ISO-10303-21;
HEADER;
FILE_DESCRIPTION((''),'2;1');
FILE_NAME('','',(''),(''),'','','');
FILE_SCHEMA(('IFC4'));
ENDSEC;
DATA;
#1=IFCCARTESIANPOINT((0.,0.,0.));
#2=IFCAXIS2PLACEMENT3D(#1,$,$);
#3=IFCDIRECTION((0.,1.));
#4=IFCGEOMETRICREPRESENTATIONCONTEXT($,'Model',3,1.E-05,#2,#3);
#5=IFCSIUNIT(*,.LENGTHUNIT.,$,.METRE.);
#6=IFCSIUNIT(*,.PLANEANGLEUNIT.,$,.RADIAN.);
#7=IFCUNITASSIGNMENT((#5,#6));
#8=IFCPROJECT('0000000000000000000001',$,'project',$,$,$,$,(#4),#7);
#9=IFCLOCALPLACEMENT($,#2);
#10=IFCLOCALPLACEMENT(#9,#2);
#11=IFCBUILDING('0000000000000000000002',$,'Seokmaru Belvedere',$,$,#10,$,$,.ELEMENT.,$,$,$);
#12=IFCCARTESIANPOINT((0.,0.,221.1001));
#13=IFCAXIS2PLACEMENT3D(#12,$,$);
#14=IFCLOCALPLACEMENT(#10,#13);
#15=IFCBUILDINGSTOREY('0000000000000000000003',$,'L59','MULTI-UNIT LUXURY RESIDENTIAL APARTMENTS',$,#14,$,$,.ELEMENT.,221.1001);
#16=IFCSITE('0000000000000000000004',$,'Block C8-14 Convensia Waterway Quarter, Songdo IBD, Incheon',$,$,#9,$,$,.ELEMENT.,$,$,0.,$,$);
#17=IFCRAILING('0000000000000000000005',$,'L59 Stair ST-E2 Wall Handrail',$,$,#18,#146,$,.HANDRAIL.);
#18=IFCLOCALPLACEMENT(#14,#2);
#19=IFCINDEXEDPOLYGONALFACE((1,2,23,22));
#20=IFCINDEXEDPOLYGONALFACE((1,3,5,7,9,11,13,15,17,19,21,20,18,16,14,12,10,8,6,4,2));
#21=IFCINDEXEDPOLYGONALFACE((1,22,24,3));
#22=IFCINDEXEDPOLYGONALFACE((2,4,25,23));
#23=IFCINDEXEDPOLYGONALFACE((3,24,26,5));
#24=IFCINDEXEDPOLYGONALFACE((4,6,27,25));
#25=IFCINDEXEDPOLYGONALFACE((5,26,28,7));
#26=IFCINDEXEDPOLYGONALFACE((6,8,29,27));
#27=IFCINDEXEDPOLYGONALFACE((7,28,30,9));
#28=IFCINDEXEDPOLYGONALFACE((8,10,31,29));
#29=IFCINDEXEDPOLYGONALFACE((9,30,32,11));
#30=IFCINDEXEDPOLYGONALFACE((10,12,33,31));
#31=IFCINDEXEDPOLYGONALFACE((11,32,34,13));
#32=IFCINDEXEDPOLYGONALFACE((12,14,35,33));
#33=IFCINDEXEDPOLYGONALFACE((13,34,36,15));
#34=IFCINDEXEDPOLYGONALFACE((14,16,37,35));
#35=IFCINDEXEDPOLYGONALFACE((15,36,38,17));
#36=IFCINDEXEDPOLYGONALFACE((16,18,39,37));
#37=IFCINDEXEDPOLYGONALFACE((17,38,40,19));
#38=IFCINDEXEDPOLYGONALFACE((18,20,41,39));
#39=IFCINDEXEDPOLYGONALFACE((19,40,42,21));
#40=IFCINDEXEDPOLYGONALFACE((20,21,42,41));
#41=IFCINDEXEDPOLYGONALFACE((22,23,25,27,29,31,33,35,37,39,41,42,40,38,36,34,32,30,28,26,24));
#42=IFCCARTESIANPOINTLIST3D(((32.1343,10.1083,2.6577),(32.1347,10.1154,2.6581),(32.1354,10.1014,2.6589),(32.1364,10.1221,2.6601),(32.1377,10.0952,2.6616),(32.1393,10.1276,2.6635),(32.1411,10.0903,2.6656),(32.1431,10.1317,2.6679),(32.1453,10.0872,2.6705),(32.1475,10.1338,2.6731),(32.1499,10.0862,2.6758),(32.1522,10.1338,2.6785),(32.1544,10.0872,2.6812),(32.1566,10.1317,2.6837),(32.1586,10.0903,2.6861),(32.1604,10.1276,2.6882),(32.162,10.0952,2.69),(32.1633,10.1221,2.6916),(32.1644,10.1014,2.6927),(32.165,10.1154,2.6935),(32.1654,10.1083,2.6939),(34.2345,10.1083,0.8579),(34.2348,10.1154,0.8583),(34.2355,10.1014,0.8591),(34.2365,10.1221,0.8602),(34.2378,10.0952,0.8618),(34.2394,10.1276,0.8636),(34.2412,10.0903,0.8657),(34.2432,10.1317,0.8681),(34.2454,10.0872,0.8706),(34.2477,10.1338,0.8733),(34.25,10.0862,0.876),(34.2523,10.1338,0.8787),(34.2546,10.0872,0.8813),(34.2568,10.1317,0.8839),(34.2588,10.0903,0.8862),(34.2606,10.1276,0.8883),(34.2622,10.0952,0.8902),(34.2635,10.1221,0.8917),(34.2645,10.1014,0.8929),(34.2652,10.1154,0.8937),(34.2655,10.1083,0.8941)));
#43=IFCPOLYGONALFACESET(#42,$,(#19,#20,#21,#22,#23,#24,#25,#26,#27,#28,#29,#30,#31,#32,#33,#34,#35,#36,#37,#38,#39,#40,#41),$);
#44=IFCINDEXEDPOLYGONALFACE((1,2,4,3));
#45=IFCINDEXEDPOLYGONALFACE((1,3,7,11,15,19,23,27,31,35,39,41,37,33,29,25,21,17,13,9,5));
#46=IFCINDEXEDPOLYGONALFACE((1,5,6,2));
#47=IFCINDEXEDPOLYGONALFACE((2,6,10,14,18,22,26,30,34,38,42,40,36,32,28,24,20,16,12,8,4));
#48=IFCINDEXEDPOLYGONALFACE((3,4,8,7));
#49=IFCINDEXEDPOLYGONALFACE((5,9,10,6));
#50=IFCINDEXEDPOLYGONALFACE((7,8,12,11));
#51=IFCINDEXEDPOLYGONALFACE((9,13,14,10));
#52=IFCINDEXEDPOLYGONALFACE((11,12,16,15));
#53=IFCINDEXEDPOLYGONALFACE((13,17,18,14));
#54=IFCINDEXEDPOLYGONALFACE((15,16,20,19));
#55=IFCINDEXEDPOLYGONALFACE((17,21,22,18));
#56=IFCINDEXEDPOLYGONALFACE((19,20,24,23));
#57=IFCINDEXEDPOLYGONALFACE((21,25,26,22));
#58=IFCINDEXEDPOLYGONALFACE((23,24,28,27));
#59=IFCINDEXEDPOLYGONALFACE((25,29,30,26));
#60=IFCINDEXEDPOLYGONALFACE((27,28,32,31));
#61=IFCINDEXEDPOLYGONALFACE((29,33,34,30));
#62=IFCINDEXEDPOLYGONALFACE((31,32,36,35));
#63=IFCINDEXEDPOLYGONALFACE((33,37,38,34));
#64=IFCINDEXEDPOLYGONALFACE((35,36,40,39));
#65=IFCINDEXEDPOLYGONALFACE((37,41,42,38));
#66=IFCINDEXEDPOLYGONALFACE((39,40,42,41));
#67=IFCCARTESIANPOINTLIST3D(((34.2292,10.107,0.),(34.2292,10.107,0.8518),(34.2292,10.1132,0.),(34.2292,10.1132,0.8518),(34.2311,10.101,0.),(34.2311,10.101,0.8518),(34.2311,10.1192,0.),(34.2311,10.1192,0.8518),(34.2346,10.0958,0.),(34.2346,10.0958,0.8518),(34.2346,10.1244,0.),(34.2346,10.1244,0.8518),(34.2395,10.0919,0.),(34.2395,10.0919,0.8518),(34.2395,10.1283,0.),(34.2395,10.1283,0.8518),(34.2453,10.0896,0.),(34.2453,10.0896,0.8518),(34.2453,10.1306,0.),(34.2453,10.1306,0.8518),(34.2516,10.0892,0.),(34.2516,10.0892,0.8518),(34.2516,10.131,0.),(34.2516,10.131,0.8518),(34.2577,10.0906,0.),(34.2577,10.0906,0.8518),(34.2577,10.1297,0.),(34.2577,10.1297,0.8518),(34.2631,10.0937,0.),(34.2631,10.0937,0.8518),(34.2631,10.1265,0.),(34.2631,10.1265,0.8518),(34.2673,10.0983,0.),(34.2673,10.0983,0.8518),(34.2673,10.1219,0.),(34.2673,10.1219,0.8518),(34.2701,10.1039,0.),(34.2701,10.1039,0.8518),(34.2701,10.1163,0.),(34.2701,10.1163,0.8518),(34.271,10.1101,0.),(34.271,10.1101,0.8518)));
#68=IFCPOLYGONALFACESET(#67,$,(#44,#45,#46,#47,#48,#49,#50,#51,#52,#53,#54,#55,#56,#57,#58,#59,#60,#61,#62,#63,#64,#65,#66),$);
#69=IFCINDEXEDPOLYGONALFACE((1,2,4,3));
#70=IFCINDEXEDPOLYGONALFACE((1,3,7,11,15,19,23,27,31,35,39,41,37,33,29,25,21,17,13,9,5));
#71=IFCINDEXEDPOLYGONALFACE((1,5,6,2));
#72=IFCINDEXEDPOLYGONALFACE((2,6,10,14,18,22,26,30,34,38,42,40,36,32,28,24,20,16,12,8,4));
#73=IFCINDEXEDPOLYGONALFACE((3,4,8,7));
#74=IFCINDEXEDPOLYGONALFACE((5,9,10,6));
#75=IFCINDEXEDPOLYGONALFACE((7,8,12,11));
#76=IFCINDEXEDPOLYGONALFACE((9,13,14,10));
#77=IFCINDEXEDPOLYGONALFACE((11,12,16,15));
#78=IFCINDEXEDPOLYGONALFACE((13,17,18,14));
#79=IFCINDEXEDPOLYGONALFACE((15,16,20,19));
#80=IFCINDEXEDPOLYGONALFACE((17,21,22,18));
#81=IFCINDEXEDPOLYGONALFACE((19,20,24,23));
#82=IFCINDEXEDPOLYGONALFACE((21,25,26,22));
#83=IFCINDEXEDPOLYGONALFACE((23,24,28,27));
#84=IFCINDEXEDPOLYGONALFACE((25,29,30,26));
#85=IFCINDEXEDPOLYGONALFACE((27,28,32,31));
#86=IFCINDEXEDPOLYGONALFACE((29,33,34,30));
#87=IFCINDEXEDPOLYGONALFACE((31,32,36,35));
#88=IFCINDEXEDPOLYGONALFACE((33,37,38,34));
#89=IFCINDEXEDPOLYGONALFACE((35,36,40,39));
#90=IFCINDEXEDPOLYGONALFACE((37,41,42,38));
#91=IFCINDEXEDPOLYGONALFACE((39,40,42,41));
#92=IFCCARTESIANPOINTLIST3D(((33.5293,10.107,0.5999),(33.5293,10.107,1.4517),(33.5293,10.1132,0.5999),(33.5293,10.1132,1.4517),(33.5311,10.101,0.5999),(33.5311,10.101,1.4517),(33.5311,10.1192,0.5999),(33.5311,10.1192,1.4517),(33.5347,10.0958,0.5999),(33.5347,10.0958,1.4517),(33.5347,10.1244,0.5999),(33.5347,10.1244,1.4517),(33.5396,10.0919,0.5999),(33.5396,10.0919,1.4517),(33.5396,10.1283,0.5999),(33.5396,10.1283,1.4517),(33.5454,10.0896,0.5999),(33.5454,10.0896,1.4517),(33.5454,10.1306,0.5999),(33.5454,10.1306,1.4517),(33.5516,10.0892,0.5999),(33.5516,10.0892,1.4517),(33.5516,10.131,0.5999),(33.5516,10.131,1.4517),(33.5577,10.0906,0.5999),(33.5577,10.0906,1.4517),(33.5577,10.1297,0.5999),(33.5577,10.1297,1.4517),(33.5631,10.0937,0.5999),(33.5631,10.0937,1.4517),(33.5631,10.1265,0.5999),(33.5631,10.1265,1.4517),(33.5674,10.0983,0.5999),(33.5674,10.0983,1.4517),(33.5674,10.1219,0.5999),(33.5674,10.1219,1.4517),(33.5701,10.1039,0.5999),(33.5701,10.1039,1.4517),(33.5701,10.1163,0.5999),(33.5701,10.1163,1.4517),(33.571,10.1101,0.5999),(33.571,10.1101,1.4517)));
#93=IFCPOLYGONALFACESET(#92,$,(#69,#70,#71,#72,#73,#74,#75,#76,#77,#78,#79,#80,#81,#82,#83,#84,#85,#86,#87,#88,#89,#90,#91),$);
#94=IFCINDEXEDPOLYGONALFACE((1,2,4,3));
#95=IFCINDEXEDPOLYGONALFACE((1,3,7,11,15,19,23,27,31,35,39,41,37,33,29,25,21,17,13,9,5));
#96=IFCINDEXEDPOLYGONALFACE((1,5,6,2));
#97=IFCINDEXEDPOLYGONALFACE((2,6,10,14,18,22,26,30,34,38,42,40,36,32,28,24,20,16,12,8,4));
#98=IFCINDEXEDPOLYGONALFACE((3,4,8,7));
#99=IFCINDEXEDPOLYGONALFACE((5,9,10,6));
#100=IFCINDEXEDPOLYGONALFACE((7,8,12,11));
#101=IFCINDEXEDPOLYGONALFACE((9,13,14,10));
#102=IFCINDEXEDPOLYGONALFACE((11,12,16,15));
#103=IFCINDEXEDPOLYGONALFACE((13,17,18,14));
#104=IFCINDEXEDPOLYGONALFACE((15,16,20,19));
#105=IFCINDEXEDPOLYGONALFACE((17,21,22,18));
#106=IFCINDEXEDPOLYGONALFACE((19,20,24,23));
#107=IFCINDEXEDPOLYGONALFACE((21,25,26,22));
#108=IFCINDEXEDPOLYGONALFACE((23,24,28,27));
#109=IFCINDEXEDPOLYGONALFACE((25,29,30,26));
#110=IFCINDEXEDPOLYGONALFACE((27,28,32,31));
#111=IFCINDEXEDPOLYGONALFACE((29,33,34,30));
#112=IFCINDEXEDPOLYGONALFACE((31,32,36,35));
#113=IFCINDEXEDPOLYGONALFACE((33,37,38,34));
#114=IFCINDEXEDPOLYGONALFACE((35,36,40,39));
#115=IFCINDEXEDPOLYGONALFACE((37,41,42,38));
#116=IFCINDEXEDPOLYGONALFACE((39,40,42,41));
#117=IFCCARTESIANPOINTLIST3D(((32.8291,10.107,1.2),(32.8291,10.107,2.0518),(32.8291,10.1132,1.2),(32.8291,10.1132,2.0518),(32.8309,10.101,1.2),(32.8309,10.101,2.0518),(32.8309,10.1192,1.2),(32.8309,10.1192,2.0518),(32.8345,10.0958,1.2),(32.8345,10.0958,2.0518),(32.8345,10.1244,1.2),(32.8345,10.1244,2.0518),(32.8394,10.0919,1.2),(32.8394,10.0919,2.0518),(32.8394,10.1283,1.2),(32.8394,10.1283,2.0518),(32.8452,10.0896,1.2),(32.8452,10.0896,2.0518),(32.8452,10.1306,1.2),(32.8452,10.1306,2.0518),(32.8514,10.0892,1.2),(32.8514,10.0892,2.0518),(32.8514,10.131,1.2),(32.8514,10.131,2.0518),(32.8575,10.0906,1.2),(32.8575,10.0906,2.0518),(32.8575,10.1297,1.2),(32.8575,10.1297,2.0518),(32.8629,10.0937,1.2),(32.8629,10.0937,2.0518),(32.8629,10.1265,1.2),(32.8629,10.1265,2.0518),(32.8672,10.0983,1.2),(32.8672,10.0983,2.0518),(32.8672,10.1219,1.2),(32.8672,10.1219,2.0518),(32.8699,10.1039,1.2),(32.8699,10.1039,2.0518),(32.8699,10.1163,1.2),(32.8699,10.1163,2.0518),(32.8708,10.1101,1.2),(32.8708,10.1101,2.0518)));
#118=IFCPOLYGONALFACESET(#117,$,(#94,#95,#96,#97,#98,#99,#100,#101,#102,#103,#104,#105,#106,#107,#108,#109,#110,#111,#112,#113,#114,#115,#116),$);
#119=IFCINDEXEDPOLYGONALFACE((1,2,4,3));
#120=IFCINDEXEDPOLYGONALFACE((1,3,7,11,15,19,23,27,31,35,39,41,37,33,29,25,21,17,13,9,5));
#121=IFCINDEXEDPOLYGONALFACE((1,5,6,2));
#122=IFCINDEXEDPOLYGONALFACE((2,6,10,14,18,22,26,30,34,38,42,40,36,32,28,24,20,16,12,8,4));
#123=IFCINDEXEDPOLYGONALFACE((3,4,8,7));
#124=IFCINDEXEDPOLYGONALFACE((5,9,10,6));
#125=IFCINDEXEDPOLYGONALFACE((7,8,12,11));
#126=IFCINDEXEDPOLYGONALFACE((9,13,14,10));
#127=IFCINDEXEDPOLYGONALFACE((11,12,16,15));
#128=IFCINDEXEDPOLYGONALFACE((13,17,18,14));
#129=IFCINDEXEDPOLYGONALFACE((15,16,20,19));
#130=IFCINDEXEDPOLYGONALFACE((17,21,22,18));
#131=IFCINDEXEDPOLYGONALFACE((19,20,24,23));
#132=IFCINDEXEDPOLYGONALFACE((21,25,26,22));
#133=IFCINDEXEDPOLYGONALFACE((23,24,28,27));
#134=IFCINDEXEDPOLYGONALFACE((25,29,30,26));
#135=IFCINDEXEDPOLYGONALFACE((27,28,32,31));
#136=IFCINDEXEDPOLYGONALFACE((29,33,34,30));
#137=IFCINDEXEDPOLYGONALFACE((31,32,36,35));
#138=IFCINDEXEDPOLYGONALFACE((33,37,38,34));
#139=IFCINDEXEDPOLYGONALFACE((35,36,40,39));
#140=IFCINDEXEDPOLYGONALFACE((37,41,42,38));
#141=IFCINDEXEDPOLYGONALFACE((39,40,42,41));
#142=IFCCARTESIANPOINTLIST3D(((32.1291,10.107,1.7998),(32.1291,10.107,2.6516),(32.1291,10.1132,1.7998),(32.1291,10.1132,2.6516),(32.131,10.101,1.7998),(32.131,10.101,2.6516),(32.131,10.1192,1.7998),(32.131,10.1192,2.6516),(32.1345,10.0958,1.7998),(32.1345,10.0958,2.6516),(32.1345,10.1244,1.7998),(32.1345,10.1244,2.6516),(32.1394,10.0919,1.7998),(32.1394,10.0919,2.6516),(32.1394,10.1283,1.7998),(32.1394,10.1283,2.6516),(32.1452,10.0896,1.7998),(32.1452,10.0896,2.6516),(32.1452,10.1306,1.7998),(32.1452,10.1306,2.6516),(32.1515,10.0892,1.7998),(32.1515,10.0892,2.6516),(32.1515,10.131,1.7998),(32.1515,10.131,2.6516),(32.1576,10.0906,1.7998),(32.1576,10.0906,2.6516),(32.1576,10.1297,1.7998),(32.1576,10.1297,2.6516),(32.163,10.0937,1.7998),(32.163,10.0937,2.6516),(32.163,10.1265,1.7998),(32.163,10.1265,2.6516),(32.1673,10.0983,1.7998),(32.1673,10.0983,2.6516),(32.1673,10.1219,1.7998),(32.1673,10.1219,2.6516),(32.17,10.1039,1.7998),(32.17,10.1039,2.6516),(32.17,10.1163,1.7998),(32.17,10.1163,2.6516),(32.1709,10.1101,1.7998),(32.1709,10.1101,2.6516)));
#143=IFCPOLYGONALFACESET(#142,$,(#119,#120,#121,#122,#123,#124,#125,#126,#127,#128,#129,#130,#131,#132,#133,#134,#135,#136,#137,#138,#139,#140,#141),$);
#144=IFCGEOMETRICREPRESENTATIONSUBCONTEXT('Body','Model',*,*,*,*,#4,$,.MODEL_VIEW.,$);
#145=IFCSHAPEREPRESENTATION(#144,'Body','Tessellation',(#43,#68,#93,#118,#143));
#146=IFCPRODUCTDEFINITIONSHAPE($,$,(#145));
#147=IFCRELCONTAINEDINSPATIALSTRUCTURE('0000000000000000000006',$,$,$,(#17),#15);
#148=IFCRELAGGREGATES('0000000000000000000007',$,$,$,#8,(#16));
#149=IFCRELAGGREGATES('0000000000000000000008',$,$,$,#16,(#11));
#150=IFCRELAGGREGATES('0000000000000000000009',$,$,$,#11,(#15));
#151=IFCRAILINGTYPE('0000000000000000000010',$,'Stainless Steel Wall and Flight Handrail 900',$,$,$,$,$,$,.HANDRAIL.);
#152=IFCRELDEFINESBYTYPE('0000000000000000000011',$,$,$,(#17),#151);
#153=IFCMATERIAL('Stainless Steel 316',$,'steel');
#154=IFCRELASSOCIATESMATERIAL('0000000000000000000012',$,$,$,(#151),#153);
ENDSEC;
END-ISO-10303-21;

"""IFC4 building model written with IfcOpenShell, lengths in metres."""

from ifc_helpers import new_model, si_unit, direction, frame, origin, origin_2d, place, context, subcontext, project, spatial, circle, extrude, material, type_object, element, save


model = new_model("IFC4")

# Units and contexts
model_context = context("Model", 3, precision=1e-05, world=origin(), true_north=direction((0.0, 1.0)))
body_context = subcontext(model_context, "Body", "Model", "MODEL_VIEW")
ifc_project = project(units=[si_unit("LENGTHUNIT", "METRE"), si_unit("PLANEANGLEUNIT", "RADIAN")], contexts=[model_context])

# Site, building, storey
site_placement = place(None, origin())
site = spatial("IfcSite", under=ifc_project, at=site_placement, Name="Block C8-14 Convensia Waterway Quarter, Songdo IBD, Incheon", CompositionType="ELEMENT", RefElevation=0.0)
building_placement = place(site_placement, origin())
building = spatial("IfcBuilding", under=site, at=building_placement, Name="Seokmaru Belvedere", CompositionType="ELEMENT")
storey_placement = place(building_placement, frame((0.0, 0.0, 221.1001)))
storey = spatial("IfcBuildingStorey", under=building, at=storey_placement, Name="L59", Description="MULTI-UNIT LUXURY RESIDENTIAL APARTMENTS", CompositionType="ELEMENT", Elevation=221.1001)

# Shared definitions
ifc_material_1 = material(Name="Stainless Steel 316", Category="steel")

# Railing
railing_type_1 = type_object("IfcRailingType", Name="Stainless Steel Wall and Flight Handrail 900", PredefinedType="HANDRAIL", material=ifc_material_1)
railing_1_placement = place(storey_placement, frame((34.25, 10.1101, 0.0)))
element("IfcRailing", 1, at=railing_1_placement, inside=storey, type_object=railing_type_1, Name="L59 Stair ST-E2 Wall Handrail", PredefinedType="HANDRAIL", context=body_context, shape_type="SweptSolid", body=[
    extrude(circle(Radius=0.0239, at=origin_2d()), frame((0.0, 0.0, 0.876), z_axis=(-0.759306, 0.0, 0.650733), x_axis=(0.0, -1.0, 0.0)), (0.0, 0.0, 1.0), 2.7659),
    extrude(circle(Radius=0.021, at=origin_2d()), origin(), (0.0, 0.0, 1.0), 0.8518),
    extrude(circle(Radius=0.021, at=origin_2d()), frame((-0.7, 0.0, 0.5999)), (0.0, 0.0, 1.0), 0.8518),
    extrude(circle(Radius=0.021, at=origin_2d()), frame((-1.4001, 0.0, 1.2)), (0.0, 0.0, 1.0), 0.8518),
    extrude(circle(Radius=0.021, at=origin_2d()), frame((-2.1001, 0.0, 1.7998)), (0.0, 0.0, 1.0), 0.8518),
])

save(model, "model.ifc")
